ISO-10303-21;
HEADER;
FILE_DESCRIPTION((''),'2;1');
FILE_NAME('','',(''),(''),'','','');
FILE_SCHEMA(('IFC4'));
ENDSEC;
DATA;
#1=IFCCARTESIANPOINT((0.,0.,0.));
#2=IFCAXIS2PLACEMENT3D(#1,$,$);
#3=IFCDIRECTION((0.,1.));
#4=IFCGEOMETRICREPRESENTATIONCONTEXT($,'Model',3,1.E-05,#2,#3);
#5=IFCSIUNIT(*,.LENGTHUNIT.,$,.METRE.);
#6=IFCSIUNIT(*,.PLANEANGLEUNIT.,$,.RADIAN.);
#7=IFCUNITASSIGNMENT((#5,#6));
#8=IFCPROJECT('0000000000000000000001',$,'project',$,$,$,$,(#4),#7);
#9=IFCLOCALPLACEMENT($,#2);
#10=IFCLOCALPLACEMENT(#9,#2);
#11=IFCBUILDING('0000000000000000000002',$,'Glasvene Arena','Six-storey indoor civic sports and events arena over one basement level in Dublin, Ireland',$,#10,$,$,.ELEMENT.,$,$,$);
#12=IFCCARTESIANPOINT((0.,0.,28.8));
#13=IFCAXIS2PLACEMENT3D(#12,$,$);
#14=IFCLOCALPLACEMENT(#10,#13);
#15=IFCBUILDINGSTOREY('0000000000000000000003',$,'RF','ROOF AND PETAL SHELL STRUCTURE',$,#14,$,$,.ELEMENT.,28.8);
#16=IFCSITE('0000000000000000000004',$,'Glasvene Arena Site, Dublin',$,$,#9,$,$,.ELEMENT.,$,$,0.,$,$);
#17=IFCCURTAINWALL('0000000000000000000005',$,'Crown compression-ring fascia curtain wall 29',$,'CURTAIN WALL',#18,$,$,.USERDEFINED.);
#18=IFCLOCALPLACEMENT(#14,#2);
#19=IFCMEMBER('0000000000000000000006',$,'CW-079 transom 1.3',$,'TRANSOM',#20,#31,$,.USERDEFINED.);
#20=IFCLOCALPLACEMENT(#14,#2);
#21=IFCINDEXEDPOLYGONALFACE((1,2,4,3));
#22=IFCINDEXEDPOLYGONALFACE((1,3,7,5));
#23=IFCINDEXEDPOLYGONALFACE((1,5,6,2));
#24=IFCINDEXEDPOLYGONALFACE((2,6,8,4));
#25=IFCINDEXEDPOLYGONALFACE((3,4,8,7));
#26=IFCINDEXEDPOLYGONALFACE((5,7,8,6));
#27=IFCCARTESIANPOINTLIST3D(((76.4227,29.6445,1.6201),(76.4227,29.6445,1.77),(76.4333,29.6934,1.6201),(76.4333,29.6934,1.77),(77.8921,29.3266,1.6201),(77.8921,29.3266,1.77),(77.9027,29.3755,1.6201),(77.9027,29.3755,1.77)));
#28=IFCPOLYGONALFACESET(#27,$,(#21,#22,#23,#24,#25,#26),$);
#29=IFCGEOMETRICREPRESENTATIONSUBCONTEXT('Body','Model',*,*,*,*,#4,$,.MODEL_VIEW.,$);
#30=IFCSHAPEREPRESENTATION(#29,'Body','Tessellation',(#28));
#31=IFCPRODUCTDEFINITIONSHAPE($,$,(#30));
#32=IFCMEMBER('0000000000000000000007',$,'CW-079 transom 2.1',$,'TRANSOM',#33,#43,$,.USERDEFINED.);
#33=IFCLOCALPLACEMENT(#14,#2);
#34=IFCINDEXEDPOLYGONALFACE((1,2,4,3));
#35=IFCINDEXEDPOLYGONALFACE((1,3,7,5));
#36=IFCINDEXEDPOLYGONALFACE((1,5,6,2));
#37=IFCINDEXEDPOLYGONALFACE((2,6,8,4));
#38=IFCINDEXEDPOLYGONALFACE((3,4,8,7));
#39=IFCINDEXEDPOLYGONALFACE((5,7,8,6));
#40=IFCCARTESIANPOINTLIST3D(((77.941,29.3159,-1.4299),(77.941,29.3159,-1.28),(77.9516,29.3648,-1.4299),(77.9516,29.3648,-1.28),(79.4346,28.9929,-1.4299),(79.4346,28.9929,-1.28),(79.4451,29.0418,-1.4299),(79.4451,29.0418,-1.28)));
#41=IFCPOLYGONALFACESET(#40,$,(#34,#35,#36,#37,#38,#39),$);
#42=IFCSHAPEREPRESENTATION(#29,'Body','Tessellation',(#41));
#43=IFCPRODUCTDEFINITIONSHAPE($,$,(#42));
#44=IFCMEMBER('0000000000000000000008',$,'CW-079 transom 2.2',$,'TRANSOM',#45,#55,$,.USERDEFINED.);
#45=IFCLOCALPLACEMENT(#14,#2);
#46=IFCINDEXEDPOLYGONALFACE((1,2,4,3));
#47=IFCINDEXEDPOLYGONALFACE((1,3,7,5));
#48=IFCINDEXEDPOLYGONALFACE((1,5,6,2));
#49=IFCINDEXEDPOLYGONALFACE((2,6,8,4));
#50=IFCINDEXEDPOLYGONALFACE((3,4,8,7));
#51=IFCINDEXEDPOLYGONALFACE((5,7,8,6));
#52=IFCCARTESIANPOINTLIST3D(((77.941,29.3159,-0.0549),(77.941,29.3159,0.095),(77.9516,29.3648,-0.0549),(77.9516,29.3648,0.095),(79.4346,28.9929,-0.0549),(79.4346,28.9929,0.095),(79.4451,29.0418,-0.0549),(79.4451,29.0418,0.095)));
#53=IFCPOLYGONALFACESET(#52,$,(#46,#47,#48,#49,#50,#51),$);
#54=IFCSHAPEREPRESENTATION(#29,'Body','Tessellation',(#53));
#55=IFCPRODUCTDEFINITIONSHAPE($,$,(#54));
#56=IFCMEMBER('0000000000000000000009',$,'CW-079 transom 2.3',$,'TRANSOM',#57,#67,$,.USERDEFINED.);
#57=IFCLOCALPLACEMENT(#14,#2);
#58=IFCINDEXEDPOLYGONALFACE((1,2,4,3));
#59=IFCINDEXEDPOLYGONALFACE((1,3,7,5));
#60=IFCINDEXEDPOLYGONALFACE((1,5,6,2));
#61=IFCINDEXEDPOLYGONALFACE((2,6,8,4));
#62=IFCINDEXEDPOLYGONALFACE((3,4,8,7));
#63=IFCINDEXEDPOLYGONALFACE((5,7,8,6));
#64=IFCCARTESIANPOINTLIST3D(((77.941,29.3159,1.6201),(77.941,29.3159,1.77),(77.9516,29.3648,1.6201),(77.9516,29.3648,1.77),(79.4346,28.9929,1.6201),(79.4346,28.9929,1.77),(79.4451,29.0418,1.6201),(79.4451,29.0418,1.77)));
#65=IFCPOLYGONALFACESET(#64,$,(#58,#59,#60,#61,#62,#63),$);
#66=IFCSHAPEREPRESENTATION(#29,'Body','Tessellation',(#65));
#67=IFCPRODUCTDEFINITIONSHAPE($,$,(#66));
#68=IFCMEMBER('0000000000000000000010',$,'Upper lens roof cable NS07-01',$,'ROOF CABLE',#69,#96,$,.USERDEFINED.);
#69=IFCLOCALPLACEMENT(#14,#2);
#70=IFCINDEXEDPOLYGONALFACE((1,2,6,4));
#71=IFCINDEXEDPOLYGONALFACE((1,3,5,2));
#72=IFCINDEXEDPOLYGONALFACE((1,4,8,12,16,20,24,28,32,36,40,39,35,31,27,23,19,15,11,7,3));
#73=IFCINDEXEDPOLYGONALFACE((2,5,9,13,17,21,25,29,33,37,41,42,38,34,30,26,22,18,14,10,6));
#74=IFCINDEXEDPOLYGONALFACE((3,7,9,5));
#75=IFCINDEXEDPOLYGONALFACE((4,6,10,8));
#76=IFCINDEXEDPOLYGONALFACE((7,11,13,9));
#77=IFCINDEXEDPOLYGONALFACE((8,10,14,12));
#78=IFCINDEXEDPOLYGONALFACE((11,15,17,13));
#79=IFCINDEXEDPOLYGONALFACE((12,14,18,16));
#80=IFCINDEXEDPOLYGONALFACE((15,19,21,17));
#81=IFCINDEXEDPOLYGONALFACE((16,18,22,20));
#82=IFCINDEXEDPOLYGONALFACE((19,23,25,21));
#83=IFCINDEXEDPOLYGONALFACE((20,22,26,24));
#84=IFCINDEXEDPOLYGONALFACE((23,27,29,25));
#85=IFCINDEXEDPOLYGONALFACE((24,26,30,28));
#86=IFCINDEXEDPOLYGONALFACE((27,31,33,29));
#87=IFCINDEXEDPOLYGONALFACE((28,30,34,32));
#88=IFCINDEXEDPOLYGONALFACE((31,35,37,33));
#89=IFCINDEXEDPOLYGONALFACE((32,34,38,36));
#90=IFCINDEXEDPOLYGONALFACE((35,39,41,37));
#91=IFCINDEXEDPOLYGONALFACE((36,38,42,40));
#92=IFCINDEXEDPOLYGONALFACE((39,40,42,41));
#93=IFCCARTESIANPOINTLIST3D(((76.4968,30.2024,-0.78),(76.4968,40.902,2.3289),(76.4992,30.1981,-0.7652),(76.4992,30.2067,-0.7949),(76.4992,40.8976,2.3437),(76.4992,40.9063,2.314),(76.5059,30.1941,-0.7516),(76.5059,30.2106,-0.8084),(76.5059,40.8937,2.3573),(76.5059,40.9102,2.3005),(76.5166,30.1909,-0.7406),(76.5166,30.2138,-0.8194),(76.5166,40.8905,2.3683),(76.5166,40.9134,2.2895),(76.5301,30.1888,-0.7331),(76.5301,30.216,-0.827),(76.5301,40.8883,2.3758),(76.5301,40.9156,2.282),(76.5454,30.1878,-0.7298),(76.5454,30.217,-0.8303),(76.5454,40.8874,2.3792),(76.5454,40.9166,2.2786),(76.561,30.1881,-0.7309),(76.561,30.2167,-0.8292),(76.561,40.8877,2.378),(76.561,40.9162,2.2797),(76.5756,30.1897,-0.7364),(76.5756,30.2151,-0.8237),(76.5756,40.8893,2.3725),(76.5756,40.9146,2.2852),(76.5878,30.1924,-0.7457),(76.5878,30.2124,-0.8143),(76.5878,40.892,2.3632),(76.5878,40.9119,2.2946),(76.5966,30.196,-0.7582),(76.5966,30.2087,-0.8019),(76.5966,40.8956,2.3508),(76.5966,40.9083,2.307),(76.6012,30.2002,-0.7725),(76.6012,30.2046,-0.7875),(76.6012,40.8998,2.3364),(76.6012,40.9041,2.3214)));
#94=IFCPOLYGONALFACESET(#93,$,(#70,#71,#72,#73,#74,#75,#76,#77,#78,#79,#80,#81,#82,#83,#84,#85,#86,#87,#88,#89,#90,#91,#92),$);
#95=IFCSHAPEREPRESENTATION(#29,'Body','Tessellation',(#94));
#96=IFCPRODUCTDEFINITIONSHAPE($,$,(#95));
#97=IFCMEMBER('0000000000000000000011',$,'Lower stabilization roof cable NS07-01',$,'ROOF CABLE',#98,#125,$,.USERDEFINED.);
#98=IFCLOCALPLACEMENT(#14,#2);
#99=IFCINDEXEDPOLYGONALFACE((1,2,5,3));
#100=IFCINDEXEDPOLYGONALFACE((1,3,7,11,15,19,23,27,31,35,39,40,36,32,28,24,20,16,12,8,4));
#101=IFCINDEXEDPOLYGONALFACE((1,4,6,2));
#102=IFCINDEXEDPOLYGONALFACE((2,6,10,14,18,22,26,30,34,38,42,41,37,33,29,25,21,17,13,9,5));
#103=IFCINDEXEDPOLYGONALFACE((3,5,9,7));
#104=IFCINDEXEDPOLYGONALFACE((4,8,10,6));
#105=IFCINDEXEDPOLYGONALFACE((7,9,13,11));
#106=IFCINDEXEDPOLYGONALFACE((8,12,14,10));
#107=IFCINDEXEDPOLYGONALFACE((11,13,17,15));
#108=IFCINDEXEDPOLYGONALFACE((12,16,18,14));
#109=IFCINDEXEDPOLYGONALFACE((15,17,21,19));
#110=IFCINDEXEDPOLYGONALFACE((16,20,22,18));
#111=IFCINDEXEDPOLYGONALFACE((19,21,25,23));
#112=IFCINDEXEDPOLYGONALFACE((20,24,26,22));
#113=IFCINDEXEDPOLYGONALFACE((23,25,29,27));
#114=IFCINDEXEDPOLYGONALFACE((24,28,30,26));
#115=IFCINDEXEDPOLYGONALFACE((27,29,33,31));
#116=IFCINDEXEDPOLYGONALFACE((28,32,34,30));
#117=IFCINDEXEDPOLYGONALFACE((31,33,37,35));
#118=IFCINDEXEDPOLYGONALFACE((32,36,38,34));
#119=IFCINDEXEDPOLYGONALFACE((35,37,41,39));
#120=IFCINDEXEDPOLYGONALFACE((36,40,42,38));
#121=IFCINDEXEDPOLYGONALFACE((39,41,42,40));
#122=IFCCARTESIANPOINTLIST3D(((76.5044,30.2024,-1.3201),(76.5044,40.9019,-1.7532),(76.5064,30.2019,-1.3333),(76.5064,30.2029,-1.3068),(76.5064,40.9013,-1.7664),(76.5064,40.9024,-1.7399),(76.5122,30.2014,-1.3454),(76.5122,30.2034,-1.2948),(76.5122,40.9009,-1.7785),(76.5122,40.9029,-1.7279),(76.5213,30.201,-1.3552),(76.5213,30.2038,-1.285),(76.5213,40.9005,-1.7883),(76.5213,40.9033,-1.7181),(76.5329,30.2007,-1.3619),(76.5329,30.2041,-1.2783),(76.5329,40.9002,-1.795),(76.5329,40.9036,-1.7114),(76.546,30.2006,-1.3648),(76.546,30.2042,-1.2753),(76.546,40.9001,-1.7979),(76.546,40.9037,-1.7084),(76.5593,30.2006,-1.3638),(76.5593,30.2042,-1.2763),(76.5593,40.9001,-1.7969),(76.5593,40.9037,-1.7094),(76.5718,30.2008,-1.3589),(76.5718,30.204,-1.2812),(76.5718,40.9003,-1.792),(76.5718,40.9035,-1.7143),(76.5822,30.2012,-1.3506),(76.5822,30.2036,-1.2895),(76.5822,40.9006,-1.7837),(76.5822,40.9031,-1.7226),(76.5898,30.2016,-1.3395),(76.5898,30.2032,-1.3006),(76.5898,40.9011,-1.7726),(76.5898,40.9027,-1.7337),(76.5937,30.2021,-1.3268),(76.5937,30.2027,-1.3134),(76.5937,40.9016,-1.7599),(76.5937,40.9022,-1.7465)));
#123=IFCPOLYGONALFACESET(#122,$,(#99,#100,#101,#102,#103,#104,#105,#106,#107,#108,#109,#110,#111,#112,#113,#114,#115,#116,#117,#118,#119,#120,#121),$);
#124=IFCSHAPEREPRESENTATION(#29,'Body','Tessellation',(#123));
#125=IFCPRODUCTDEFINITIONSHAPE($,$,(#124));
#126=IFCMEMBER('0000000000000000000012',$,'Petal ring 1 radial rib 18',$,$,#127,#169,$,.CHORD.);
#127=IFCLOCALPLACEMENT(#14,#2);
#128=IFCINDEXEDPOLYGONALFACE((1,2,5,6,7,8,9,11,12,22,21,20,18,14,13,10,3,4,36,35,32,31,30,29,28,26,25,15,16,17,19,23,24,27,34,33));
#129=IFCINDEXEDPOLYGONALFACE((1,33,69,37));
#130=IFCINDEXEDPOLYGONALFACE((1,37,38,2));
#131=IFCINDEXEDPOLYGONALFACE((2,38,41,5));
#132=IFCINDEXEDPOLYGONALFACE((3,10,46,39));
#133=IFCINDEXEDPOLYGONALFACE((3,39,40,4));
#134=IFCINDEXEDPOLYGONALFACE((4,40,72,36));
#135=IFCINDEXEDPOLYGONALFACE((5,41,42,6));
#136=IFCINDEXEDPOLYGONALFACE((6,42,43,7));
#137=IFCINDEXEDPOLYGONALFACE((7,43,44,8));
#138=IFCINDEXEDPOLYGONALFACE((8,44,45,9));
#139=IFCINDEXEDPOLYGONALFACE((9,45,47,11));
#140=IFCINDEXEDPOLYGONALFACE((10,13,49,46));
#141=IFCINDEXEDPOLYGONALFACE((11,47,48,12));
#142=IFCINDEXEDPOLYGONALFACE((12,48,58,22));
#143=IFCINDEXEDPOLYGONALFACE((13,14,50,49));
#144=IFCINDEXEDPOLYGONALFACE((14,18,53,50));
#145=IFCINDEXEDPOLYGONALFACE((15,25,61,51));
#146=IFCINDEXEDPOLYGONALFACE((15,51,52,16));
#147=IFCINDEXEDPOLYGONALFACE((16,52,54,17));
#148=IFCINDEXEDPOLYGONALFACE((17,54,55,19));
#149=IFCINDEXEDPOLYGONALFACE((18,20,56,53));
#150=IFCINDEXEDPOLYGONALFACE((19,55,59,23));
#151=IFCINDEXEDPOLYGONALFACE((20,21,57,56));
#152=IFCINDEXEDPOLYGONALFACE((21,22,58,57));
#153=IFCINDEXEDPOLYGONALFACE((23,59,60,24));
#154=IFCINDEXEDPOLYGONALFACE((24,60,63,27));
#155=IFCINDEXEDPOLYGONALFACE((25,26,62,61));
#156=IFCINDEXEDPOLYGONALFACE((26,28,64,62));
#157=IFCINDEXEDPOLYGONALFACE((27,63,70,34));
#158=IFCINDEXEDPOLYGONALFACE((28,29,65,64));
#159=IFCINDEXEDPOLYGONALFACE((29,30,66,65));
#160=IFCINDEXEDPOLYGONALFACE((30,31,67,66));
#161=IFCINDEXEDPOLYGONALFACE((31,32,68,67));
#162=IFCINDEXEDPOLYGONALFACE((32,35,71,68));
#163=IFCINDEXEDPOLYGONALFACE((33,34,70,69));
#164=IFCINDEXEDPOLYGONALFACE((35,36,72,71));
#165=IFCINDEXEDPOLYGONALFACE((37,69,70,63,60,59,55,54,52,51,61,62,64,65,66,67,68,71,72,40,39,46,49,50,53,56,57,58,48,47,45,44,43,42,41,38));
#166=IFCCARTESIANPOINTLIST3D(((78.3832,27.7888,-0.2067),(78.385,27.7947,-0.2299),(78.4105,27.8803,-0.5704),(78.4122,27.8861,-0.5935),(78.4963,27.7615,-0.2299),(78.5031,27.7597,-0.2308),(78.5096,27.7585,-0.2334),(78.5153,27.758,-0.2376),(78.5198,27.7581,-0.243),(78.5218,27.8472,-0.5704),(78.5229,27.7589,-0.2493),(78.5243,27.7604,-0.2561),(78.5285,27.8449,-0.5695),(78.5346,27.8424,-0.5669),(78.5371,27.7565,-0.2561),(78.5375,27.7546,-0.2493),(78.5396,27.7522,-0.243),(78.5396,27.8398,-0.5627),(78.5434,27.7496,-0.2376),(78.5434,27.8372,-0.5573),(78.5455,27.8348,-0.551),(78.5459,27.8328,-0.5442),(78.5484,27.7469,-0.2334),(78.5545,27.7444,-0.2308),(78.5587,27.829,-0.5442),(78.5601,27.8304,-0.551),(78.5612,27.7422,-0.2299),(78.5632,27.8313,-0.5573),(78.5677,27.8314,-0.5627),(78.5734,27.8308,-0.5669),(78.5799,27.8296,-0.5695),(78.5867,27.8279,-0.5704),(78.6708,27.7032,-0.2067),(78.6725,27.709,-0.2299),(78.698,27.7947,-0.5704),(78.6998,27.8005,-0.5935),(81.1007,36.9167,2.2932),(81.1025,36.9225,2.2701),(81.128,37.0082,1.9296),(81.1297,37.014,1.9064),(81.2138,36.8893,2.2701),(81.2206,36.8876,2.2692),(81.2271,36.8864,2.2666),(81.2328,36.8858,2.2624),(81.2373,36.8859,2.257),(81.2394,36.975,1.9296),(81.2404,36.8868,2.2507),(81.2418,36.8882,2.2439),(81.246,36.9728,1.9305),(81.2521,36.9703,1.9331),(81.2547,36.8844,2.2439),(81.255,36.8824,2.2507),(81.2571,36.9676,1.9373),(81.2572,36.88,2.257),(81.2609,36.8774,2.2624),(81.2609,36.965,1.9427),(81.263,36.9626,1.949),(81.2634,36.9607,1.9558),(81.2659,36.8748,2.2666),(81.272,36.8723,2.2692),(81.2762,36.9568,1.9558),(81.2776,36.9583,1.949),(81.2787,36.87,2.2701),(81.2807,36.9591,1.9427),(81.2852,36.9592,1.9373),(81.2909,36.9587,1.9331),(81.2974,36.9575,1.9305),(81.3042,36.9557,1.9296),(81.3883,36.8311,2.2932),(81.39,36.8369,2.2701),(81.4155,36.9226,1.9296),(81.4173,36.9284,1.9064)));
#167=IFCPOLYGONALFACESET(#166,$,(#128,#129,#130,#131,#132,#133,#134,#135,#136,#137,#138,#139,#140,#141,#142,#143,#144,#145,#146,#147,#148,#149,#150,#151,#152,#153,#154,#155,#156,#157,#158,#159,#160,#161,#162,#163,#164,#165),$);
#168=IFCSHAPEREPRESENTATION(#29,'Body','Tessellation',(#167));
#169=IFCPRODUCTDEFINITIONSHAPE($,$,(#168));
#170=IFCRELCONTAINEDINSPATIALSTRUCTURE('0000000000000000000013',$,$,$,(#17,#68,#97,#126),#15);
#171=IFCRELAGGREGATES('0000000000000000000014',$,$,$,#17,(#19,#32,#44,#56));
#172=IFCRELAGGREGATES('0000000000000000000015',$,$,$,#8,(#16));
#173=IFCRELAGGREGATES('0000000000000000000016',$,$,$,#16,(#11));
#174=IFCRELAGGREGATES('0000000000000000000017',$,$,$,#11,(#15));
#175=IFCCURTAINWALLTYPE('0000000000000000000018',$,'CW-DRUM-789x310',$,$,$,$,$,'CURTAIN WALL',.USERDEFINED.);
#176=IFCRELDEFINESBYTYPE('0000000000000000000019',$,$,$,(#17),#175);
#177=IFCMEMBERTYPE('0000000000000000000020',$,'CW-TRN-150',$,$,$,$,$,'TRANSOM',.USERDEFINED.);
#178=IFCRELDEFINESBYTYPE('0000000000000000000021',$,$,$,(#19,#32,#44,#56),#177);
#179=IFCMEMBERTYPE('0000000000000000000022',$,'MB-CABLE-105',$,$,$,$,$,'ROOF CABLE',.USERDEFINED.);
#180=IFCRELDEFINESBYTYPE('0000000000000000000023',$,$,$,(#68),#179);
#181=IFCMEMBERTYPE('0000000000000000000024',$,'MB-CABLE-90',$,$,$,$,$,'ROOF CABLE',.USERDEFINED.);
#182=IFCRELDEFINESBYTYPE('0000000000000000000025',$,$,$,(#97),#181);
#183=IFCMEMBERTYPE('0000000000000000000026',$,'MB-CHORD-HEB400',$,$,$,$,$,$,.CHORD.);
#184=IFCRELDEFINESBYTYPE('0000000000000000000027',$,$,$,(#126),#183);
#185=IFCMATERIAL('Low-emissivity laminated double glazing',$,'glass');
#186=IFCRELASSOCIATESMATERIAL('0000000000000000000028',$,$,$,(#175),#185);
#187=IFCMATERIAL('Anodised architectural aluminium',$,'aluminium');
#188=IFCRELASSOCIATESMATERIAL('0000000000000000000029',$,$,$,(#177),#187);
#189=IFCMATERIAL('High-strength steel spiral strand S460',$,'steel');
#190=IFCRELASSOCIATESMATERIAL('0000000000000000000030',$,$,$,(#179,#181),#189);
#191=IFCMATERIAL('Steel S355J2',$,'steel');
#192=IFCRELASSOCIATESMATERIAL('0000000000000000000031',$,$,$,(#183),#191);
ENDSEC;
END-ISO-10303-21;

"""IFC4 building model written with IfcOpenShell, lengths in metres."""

from ifc_helpers import new_model, si_unit, direction, frame, origin, origin_2d, place, context, subcontext, project, spatial, rectangle, circle, i_section, extrude, material, material_profile, profile_set, type_object, element, aggregate, save


model = new_model("IFC4")

# Units and contexts
model_context = context("Model", 3, precision=1e-05, world=origin(), true_north=direction((0.0, 1.0)))
body_context = subcontext(model_context, "Body", "Model", "MODEL_VIEW")
ifc_project = project(units=[si_unit("LENGTHUNIT", "METRE"), si_unit("PLANEANGLEUNIT", "RADIAN")], contexts=[model_context])

# Site, building, storey
site_placement = place(None, origin())
site = spatial("IfcSite", under=ifc_project, at=site_placement, Name="Glasvene Arena Site, Dublin", CompositionType="ELEMENT", RefElevation=0.0)
building_placement = place(site_placement, origin())
building = spatial("IfcBuilding", under=site, at=building_placement, Name="Glasvene Arena", Description="Six-storey indoor civic sports and events arena over one basement level in Dublin, Ireland", CompositionType="ELEMENT")
storey_placement = place(building_placement, frame((0.0, 0.0, 28.8)))
storey = spatial("IfcBuildingStorey", under=building, at=storey_placement, Name="RF", Description="ROOF AND PETAL SHELL STRUCTURE", CompositionType="ELEMENT", Elevation=28.8)

# Shared definitions
ifc_material_1 = material(Name="Steel S355J2", Category="steel")

# Curtain wall
ifc_material_2 = material(Name="Low-emissivity laminated double glazing", Category="glass")
ifc_material_3 = material(Name="Anodised architectural aluminium", Category="aluminium")
curtain_wall_type_1 = type_object("IfcCurtainWallType", Name="CW-DRUM-789x310", ElementType="CURTAIN WALL", PredefinedType="USERDEFINED", material=ifc_material_2)
curtain_wall_1_placement = place(storey_placement, frame((76.3792, 29.6794, 0.0)))
curtain_wall_1 = element("IfcCurtainWall", 1, at=curtain_wall_1_placement, inside=storey, type_object=curtain_wall_type_1, Name="Crown compression-ring fascia curtain wall 29", ObjectType="CURTAIN WALL", PredefinedType="USERDEFINED")

# Members
ifc_material_profile_1 = material_profile(ifc_material_3, rectangle(XDim=0.05, YDim=0.1499, at=origin_2d()), Name="ALU TRANSOM 50x150")
ifc_profile_set_1 = profile_set([ifc_material_profile_1], Name="Anodised architectural aluminium")
member_type_1 = type_object("IfcMemberType", Name="CW-TRN-150", ElementType="TRANSOM", PredefinedType="USERDEFINED", material=ifc_profile_set_1)
member_1_placement = place(storey_placement, frame((76.428, 29.6689, 1.6951), z_axis=(0.977394, -0.211425, 0.0), x_axis=(0.211425, 0.977394, 0.0)))
member_1 = element("IfcMember", 2, at=member_1_placement, type_object=member_type_1, Name="CW-079 transom 1.3", ObjectType="TRANSOM", PredefinedType="USERDEFINED", context=body_context, shape_type="SweptSolid", body=[
    extrude(rectangle(XDim=0.05, YDim=0.1499, at=origin_2d()), origin(), (0.0, 0.0, 1.0), 1.5034),
])
member_2_placement = place(storey_placement, frame((77.9463, 29.3403, -1.355), z_axis=(0.977408, -0.211362, 0.0), x_axis=(0.211362, 0.977408, 0.0)))
member_2 = element("IfcMember", 3, at=member_2_placement, type_object=member_type_1, Name="CW-079 transom 2.1", ObjectType="TRANSOM", PredefinedType="USERDEFINED", context=body_context, shape_type="SweptSolid", body=[
    extrude(rectangle(XDim=0.05, YDim=0.1499, at=origin_2d()), origin(), (0.0, 0.0, 1.0), 1.5281),
])
member_3_placement = place(storey_placement, frame((77.9463, 29.3403, 0.02), z_axis=(0.977408, -0.211362, 0.0), x_axis=(0.211362, 0.977408, 0.0)))
member_3 = element("IfcMember", 4, at=member_3_placement, type_object=member_type_1, Name="CW-079 transom 2.2", ObjectType="TRANSOM", PredefinedType="USERDEFINED", context=body_context, shape_type="SweptSolid", body=[
    extrude(rectangle(XDim=0.05, YDim=0.1499, at=origin_2d()), origin(), (0.0, 0.0, 1.0), 1.5281),
])
member_4_placement = place(storey_placement, frame((77.9463, 29.3403, 1.6951), z_axis=(0.977408, -0.211362, 0.0), x_axis=(0.211362, 0.977408, 0.0)))
member_4 = element("IfcMember", 5, at=member_4_placement, type_object=member_type_1, Name="CW-079 transom 2.3", ObjectType="TRANSOM", PredefinedType="USERDEFINED", context=body_context, shape_type="SweptSolid", body=[
    extrude(rectangle(XDim=0.05, YDim=0.1499, at=origin_2d()), origin(), (0.0, 0.0, 1.0), 1.5281),
])

# Members
ifc_material_4 = material(Name="High-strength steel spiral strand S460", Category="steel")
ifc_material_profile_2 = material_profile(ifc_material_4, circle(Radius=0.0525, at=origin_2d()), Name="LCSS D105")
ifc_profile_set_2 = profile_set([ifc_material_profile_2], Name="High-strength steel spiral strand S460")
member_type_2 = type_object("IfcMemberType", Name="MB-CABLE-105", ElementType="ROOF CABLE", PredefinedType="USERDEFINED", material=ifc_profile_set_2)
member_5_placement = place(storey_placement, frame((76.5493, 30.2024, -0.78), z_axis=(0.0, 0.960284, 0.279025), x_axis=(-1.0, 0.0, 0.0)))
element("IfcMember", 6, at=member_5_placement, inside=storey, type_object=member_type_2, Name="Upper lens roof cable NS07-01", ObjectType="ROOF CABLE", PredefinedType="USERDEFINED", context=body_context, shape_type="SweptSolid", body=[
    extrude(circle(Radius=0.0525, at=origin_2d()), origin(), (0.0, 0.0, 1.0), 11.1421),
])
ifc_material_profile_3 = material_profile(ifc_material_4, circle(Radius=0.0449, at=origin_2d()), Name="LCSS D90")
ifc_profile_set_3 = profile_set([ifc_material_profile_3], Name="High-strength steel spiral strand S460")
member_type_3 = type_object("IfcMemberType", Name="MB-CABLE-90", ElementType="ROOF CABLE", PredefinedType="USERDEFINED", material=ifc_profile_set_3)
member_6_placement = place(storey_placement, frame((76.5493, 30.2024, -1.3201), z_axis=(0.0, 0.999182, -0.040446), x_axis=(-1.0, 0.0, 0.0)))
element("IfcMember", 7, at=member_6_placement, inside=storey, type_object=member_type_3, Name="Lower stabilization roof cable NS07-01", ObjectType="ROOF CABLE", PredefinedType="USERDEFINED", context=body_context, shape_type="SweptSolid", body=[
    extrude(circle(Radius=0.0449, at=origin_2d()), origin(), (0.0, 0.0, 1.0), 10.7083),
])
ifc_material_profile_4 = material_profile(ifc_material_1, i_section(OverallWidth=0.3, OverallDepth=0.3999, WebThickness=0.0134, FlangeThickness=0.0239, FilletRadius=0.0271, at=origin_2d()), Name="HEB 400")
ifc_profile_set_4 = profile_set([ifc_material_profile_4], Name="Steel S355J2")
member_type_4 = type_object("IfcMemberType", Name="MB-CHORD-HEB400", PredefinedType="CHORD", material=ifc_profile_set_4)
member_7_placement = place(storey_placement, frame((78.5415, 27.7947, -0.4001), z_axis=(0.275989, 0.92702, 0.253897), x_axis=(-0.958427, 0.285339, 0.0)))
element("IfcMember", 8, at=member_7_placement, inside=storey, type_object=member_type_4, Name="Petal ring 1 radial rib 18", PredefinedType="CHORD", context=body_context, shape_type="SweptSolid", body=[
    extrude(i_section(OverallWidth=0.3, OverallDepth=0.3999, WebThickness=0.0134, FlangeThickness=0.0239, FilletRadius=0.0271, at=origin_2d()), origin(), (0.0, 0.0, 1.0), 9.8464),
])

aggregate(curtain_wall_1, [member_1, member_2, member_3, member_4])

save(model, "model.ifc")
